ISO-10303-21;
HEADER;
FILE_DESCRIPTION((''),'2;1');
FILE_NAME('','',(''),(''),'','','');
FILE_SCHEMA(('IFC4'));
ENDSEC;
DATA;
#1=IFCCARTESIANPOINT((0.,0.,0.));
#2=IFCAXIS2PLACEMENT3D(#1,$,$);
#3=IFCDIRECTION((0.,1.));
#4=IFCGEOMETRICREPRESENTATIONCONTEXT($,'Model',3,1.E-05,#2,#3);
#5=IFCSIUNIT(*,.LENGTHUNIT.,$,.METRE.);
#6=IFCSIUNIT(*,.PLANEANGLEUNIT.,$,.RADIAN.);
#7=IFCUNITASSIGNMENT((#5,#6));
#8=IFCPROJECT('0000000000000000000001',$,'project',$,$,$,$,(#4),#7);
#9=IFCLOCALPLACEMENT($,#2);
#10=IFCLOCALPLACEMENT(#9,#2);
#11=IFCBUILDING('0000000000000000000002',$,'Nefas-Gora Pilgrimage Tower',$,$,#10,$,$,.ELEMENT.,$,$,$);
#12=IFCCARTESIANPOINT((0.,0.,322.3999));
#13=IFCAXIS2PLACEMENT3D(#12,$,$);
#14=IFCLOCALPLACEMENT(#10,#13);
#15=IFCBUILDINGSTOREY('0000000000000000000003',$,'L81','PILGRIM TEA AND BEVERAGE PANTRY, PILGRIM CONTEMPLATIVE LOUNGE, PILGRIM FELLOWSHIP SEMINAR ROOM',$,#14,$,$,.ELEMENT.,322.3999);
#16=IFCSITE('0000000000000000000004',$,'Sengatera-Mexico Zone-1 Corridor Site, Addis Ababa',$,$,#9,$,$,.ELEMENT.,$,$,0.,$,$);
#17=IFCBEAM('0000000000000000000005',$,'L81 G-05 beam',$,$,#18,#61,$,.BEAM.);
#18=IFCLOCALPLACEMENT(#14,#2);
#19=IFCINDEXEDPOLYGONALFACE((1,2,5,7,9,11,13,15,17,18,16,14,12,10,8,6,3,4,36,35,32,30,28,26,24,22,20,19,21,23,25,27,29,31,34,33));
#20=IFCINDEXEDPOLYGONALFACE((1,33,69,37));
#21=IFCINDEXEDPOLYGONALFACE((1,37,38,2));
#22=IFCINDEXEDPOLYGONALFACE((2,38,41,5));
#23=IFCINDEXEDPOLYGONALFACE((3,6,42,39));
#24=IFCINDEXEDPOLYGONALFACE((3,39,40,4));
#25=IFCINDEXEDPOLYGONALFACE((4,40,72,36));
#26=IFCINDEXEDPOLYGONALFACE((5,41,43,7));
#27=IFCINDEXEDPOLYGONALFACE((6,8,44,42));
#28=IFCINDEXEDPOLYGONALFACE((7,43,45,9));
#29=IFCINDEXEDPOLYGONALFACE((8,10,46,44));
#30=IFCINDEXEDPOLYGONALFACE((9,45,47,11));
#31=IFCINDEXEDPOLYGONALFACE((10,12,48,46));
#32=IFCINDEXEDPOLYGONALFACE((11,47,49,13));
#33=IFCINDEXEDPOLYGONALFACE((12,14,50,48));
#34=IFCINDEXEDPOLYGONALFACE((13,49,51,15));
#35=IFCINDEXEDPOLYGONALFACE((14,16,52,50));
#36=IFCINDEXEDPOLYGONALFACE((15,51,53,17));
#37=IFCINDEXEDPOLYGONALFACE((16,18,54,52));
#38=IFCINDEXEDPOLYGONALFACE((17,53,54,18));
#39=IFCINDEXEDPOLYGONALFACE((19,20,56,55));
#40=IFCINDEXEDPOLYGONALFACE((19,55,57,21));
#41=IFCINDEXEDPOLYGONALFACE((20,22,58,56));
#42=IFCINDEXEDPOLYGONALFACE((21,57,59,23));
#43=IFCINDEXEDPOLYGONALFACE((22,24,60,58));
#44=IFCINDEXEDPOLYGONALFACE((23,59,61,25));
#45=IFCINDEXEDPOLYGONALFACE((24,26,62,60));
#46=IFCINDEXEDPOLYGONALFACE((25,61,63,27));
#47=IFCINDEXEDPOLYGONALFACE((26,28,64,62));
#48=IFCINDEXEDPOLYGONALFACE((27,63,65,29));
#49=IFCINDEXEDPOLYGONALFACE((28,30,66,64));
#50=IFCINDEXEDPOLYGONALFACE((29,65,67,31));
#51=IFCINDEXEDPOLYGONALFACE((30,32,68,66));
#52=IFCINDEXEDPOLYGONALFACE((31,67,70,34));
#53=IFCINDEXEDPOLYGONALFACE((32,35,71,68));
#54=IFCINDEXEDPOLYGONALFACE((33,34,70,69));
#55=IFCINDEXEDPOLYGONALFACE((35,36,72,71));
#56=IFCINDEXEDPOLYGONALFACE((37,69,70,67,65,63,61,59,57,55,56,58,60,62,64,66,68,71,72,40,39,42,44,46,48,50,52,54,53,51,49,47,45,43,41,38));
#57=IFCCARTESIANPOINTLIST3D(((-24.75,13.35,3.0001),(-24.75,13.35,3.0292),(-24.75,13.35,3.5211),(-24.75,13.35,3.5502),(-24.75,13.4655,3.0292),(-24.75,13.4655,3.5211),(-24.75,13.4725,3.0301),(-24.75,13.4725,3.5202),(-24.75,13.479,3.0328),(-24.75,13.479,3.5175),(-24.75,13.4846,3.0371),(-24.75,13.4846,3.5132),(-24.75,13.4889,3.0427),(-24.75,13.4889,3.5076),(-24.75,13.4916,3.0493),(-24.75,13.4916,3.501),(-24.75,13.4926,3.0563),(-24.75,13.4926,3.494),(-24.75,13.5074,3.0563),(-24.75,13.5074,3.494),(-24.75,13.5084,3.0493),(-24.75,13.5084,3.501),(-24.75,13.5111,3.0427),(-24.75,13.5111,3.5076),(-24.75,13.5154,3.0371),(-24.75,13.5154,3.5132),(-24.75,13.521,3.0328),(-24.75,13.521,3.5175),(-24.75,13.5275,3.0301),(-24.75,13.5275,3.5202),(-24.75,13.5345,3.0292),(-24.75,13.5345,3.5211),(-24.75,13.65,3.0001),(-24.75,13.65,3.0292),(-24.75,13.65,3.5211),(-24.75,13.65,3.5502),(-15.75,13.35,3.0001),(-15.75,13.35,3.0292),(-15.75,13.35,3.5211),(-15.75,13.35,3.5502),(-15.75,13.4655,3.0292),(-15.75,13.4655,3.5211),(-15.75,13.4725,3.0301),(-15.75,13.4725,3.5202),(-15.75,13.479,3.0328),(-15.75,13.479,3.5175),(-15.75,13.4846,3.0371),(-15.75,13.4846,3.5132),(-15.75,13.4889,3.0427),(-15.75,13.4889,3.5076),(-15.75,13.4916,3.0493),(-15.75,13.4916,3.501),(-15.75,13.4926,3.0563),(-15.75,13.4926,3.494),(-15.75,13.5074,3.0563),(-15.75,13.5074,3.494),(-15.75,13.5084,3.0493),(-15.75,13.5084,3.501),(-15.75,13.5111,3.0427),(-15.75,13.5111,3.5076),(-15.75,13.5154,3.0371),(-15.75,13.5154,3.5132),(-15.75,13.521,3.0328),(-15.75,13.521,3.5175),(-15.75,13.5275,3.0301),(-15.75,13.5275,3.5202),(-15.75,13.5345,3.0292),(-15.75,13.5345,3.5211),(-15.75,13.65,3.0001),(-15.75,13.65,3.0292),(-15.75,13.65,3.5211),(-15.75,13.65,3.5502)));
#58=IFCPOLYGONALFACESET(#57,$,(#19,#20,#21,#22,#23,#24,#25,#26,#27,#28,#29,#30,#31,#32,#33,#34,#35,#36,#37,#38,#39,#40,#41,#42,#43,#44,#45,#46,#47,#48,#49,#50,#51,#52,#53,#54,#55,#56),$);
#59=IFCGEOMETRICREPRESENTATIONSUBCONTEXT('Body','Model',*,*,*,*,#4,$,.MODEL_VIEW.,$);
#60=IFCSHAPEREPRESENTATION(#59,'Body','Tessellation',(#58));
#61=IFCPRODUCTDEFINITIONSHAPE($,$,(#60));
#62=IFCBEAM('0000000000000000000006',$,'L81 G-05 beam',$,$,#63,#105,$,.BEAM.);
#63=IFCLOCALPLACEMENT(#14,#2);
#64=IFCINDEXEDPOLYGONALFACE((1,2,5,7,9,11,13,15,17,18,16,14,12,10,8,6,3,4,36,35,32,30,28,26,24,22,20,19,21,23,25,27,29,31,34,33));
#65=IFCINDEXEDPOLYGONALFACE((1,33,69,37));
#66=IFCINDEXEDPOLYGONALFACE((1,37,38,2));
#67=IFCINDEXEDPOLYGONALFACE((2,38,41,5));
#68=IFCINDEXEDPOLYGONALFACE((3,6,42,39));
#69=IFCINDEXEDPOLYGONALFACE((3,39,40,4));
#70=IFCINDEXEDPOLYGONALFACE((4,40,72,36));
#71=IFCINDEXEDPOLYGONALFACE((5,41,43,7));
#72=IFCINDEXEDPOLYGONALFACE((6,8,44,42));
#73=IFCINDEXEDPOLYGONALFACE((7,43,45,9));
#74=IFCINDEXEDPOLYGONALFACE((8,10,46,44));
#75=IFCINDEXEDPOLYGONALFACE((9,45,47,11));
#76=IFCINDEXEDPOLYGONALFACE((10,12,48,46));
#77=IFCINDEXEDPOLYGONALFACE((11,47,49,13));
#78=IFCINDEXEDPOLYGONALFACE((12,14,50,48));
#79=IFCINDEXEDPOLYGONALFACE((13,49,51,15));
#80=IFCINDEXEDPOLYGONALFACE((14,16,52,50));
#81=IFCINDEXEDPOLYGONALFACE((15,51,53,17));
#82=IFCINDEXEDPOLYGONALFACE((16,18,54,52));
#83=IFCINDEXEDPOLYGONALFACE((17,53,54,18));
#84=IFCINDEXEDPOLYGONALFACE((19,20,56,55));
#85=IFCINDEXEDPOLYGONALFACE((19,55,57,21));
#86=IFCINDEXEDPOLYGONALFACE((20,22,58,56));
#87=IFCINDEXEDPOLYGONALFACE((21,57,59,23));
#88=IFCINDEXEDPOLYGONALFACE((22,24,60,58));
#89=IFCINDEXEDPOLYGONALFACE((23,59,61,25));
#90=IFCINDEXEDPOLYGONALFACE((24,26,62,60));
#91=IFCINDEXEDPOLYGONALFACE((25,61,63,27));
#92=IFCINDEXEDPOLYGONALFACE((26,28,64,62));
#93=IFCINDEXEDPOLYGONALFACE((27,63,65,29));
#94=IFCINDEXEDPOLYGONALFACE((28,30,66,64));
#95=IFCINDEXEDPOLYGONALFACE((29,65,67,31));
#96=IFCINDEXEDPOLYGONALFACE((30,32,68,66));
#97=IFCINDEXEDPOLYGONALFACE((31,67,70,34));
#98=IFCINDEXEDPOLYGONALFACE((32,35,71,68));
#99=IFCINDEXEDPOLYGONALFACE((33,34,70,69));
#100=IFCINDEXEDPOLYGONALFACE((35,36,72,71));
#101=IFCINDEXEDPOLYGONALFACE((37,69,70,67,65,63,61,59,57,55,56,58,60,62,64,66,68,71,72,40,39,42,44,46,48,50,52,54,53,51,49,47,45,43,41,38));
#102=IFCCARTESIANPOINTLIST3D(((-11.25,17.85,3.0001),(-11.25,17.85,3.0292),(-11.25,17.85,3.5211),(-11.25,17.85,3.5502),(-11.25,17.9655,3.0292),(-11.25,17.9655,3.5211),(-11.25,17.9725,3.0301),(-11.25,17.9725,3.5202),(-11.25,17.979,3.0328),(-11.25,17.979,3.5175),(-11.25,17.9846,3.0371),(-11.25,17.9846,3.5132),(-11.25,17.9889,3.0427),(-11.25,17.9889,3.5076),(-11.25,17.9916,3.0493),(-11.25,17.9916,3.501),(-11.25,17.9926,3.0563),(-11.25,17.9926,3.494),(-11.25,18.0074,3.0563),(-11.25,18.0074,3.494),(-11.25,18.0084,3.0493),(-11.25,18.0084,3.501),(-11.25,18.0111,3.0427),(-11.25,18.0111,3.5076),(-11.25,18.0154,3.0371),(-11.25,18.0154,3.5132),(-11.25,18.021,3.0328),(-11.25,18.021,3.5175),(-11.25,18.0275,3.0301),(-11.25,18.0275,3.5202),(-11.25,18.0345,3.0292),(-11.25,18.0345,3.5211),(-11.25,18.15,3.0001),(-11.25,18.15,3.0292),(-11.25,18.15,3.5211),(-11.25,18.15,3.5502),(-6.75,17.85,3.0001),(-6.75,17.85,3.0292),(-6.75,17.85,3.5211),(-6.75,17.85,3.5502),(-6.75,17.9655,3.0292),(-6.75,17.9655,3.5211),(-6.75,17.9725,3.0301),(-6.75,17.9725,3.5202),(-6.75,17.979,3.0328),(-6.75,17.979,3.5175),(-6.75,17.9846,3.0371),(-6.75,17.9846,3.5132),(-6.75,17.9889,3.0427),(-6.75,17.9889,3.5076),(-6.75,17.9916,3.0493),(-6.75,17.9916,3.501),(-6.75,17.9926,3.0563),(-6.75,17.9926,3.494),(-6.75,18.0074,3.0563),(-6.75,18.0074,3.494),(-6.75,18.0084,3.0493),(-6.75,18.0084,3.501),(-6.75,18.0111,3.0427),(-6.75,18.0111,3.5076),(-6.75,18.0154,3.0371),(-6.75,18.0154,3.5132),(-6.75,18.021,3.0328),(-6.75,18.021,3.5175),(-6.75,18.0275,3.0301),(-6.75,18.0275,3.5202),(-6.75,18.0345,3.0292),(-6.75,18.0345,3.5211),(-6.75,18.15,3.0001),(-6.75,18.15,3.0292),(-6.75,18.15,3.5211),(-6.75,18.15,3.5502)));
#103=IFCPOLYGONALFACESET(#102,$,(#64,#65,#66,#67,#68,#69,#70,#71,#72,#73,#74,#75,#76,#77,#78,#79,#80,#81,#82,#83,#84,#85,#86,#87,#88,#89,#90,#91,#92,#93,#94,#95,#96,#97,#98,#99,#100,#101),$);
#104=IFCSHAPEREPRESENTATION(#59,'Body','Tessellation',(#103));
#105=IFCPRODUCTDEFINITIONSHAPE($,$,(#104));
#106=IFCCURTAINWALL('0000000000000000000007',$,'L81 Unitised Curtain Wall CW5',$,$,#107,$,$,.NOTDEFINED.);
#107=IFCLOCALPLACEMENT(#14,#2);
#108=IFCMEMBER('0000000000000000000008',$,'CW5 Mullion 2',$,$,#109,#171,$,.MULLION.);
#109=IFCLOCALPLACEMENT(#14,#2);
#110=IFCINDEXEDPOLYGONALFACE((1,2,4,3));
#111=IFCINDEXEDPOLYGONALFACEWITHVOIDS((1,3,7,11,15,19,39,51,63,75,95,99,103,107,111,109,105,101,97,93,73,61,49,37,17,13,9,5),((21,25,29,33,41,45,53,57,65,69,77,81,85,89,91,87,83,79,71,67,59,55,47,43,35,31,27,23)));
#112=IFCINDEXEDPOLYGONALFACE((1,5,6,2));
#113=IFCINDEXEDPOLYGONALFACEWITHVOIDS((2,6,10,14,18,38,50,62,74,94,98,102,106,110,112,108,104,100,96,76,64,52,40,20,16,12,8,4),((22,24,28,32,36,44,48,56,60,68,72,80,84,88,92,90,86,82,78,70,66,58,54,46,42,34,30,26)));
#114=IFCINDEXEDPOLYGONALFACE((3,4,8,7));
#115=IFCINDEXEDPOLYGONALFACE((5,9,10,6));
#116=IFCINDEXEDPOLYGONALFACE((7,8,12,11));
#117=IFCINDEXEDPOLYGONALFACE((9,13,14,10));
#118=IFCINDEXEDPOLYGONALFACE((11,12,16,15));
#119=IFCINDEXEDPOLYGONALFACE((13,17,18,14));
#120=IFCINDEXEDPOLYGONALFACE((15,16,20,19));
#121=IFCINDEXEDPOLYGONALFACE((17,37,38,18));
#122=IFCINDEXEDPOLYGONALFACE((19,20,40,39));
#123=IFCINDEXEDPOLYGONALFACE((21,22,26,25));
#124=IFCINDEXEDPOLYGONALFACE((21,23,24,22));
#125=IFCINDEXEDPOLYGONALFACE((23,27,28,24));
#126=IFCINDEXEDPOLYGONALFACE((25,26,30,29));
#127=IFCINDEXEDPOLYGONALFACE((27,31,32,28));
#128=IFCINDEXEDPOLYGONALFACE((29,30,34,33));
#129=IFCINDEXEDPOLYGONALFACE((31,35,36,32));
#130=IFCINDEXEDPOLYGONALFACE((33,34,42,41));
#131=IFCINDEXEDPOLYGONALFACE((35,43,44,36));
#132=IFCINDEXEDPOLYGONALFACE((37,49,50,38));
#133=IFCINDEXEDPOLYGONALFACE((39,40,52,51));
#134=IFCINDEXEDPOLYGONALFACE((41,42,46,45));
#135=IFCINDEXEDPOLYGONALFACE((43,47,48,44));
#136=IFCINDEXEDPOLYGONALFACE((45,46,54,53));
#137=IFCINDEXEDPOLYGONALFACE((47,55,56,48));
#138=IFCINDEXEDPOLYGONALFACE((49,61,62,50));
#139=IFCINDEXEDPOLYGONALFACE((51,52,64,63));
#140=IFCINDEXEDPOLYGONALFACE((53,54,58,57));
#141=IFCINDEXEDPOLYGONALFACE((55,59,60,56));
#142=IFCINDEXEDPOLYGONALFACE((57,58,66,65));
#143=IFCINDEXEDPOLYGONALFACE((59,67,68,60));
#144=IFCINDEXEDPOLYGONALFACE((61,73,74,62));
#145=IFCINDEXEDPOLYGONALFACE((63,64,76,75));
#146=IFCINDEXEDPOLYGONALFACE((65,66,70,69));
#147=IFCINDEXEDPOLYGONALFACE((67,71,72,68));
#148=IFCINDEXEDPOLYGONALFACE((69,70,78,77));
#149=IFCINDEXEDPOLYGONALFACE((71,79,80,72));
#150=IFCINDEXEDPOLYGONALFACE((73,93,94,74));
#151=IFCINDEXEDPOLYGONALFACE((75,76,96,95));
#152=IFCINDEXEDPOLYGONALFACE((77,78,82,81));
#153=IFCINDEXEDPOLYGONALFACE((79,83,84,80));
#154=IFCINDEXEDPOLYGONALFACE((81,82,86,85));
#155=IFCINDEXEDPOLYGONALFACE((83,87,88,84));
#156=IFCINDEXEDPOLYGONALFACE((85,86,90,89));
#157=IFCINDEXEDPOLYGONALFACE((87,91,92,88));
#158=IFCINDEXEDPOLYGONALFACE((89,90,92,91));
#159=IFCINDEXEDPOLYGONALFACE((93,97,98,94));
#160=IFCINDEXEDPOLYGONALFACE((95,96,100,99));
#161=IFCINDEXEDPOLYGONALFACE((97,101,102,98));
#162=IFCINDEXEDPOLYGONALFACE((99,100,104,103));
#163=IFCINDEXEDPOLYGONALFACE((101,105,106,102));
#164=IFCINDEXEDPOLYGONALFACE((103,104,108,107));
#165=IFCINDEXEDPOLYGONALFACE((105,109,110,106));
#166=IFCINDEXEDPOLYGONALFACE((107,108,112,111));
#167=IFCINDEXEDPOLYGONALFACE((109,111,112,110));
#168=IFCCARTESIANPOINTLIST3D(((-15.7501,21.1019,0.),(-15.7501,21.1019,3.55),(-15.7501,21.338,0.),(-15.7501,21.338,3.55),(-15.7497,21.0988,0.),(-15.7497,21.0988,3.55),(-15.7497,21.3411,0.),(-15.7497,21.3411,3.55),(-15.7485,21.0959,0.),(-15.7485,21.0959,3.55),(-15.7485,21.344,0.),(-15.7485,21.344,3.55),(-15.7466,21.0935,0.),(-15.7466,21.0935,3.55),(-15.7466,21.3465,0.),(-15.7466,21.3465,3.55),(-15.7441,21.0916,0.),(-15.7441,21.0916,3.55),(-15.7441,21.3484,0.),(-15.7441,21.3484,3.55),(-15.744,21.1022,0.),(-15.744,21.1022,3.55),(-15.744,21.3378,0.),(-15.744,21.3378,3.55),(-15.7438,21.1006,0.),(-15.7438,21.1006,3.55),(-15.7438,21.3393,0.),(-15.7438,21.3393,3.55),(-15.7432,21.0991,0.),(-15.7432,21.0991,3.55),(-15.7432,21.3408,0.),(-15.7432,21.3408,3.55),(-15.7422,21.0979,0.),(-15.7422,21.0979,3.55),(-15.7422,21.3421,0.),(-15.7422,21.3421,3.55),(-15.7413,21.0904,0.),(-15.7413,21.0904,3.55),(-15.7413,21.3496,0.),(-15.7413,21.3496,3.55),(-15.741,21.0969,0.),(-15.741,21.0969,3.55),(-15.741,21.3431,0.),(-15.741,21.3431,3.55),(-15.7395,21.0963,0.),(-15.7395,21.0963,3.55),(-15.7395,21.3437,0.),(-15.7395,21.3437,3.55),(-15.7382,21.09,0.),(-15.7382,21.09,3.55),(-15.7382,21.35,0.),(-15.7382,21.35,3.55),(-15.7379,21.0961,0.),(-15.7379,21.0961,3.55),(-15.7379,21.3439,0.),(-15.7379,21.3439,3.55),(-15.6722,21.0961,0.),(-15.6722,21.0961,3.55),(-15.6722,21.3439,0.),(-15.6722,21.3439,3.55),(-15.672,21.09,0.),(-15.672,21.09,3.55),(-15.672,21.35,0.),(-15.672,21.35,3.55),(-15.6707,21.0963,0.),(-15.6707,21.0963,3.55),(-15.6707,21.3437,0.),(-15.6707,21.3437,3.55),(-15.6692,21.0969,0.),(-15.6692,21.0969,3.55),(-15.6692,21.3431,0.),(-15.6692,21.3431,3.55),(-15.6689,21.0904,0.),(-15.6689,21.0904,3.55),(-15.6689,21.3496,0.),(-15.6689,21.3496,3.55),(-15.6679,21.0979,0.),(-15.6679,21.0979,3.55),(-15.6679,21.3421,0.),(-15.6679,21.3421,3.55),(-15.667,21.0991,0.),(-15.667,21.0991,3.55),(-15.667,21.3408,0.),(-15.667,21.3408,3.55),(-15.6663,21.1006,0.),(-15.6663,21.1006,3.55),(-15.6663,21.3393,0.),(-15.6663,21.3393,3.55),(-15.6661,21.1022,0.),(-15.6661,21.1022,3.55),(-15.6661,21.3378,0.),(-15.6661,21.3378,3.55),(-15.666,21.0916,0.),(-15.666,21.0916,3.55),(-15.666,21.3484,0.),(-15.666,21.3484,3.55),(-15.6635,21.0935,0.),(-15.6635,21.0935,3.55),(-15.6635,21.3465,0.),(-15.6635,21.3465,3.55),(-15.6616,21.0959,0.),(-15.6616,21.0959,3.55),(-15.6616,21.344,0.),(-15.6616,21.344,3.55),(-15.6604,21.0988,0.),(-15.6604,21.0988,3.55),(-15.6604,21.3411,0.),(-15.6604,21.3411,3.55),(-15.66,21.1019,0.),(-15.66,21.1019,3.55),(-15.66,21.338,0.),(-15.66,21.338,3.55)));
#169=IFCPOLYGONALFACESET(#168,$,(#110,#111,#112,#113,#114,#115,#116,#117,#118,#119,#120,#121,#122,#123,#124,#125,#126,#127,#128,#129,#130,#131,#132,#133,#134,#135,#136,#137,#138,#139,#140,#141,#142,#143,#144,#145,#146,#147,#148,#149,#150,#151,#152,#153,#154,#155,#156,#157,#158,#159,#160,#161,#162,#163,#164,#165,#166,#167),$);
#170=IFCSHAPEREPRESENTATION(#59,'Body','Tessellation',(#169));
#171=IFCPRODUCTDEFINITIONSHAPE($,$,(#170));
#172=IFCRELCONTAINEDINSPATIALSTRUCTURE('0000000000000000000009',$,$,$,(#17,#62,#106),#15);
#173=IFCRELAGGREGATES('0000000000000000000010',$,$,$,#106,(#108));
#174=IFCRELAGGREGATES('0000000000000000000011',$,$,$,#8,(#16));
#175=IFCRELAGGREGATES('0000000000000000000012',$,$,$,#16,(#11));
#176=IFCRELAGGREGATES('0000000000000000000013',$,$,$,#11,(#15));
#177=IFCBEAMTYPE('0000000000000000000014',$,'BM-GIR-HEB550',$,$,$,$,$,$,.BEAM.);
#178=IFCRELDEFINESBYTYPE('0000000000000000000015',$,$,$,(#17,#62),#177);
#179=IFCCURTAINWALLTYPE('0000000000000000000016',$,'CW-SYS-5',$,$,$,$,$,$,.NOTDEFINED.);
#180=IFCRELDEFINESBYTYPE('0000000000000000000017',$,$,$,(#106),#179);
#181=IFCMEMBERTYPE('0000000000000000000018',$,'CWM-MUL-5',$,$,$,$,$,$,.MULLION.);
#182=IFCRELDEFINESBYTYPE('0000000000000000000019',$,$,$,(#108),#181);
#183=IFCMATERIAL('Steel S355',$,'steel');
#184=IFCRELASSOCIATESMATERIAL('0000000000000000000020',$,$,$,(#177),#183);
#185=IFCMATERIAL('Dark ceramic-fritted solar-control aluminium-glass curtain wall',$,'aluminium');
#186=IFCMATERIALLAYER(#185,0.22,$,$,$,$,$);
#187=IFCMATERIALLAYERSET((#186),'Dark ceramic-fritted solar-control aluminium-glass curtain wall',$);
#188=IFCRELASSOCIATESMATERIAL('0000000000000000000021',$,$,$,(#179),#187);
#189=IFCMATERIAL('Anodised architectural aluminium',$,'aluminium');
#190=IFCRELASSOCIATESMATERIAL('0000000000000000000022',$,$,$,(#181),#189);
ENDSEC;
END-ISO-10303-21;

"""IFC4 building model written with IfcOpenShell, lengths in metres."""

from ifc_helpers import new_model, si_unit, direction, frame, origin, origin_2d, place, context, subcontext, project, spatial, hollow_rectangle, i_section, extrude, source, transform, mapped, material, layer, layer_set, material_profile, profile_set, type_object, element, aggregate, save


model = new_model("IFC4")

# Units and contexts
model_context = context("Model", 3, precision=1e-05, world=origin(), true_north=direction((0.0, 1.0)))
body_context = subcontext(model_context, "Body", "Model", "MODEL_VIEW")
ifc_project = project(units=[si_unit("LENGTHUNIT", "METRE"), si_unit("PLANEANGLEUNIT", "RADIAN")], contexts=[model_context])

# Site, building, storey
site_placement = place(None, origin())
site = spatial("IfcSite", under=ifc_project, at=site_placement, Name="Sengatera-Mexico Zone-1 Corridor Site, Addis Ababa", CompositionType="ELEMENT", RefElevation=0.0)
building_placement = place(site_placement, origin())
building = spatial("IfcBuilding", under=site, at=building_placement, Name="Nefas-Gora Pilgrimage Tower", CompositionType="ELEMENT")
storey_placement = place(building_placement, frame((0.0, 0.0, 322.3999)))
storey = spatial("IfcBuildingStorey", under=building, at=storey_placement, Name="L81", Description="PILGRIM TEA AND BEVERAGE PANTRY, PILGRIM CONTEMPLATIVE LOUNGE, PILGRIM FELLOWSHIP SEMINAR ROOM", CompositionType="ELEMENT", Elevation=322.3999)

# Shared definitions
ifc_material_1 = material(Name="Steel S355", Category="steel")

# Beams
ifc_material_profile_1 = material_profile(ifc_material_1, i_section(OverallWidth=0.3, OverallDepth=0.55, WebThickness=0.0149, FlangeThickness=0.0291, FilletRadius=0.0271, at=origin_2d()), Name="HEB 550")
ifc_profile_set_1 = profile_set([ifc_material_profile_1], Name="Steel S355")
beam_type = type_object("IfcBeamType", Name="BM-GIR-HEB550", PredefinedType="BEAM", material=ifc_profile_set_1)
shared_shape_1 = source(origin(), body_context, "Body", "SweptSolid", [
    extrude(i_section(OverallWidth=0.3, OverallDepth=0.55, WebThickness=0.0149, FlangeThickness=0.0291, FilletRadius=0.0271, at=origin_2d()), origin(), (0.0, 0.0, 1.0), 9.0),
])
beam_1_placement = place(storey_placement, frame((-24.75, 13.5, 3.2751), z_axis=(1.0, 0.0, 0.0), x_axis=(0.0, 1.0, 0.0)))
element("IfcBeam", 1, at=beam_1_placement, inside=storey, type_object=beam_type, Name="L81 G-05 beam", PredefinedType="BEAM", context=body_context, shape_type="MappedRepresentation", body=[
    mapped(shared_shape_1, transform((0.0, 0.0, 0.0), x_axis=(1.0, 0.0, 0.0), y_axis=(0.0, 1.0, 0.0), z_axis=(0.0, 0.0, 1.0), scale=1.0)),
])
shared_shape_2 = source(origin(), body_context, "Body", "SweptSolid", [
    extrude(i_section(OverallWidth=0.3, OverallDepth=0.55, WebThickness=0.0149, FlangeThickness=0.0291, FilletRadius=0.0271, at=origin_2d()), origin(), (0.0, 0.0, 1.0), 4.5),
])
beam_2_placement = place(storey_placement, frame((-11.25, 18.0, 3.2751), z_axis=(1.0, 0.0, 0.0), x_axis=(0.0, 1.0, 0.0)))
element("IfcBeam", 2, at=beam_2_placement, inside=storey, type_object=beam_type, Name="L81 G-05 beam", PredefinedType="BEAM", context=body_context, shape_type="MappedRepresentation", body=[
    mapped(shared_shape_2, transform((0.0, 0.0, 0.0), x_axis=(1.0, 0.0, 0.0), y_axis=(0.0, 1.0, 0.0), z_axis=(0.0, 0.0, 1.0), scale=1.0)),
])

# Curtain wall, member
ifc_material_2 = material(Name="Dark ceramic-fritted solar-control aluminium-glass curtain wall", Category="aluminium")
ifc_layer_1 = layer(ifc_material_2, 0.22)
ifc_layer_set_1 = layer_set([ifc_layer_1], Name="Dark ceramic-fritted solar-control aluminium-glass curtain wall")
curtain_wall_type_1 = type_object("IfcCurtainWallType", Name="CW-SYS-5", PredefinedType="NOTDEFINED", material=ifc_layer_set_1)
curtain_wall_1_placement = place(storey_placement, origin())
curtain_wall_1 = element("IfcCurtainWall", 3, at=curtain_wall_1_placement, inside=storey, type_object=curtain_wall_type_1, Name="L81 Unitised Curtain Wall CW5", PredefinedType="NOTDEFINED")
ifc_material_3 = material(Name="Anodised architectural aluminium", Category="aluminium")
ifc_material_profile_2 = material_profile(ifc_material_3, hollow_rectangle(XDim=0.0901, YDim=0.26, WallThickness=0.0061, InnerFilletRadius=0.0061, OuterFilletRadius=0.012, at=origin_2d()), Name="ALU MULLION 90x260")
ifc_profile_set_2 = profile_set([ifc_material_profile_2], Name="Anodised architectural aluminium")
member_type_1 = type_object("IfcMemberType", Name="CWM-MUL-5", PredefinedType="MULLION", material=ifc_profile_set_2)
shared_shape_3 = source(origin(), body_context, "Body", "SweptSolid", [
    extrude(hollow_rectangle(XDim=0.0901, YDim=0.26, WallThickness=0.0061, InnerFilletRadius=0.0061, OuterFilletRadius=0.012, at=origin_2d()), origin(), (0.0, 0.0, 1.0), 3.55),
])
member_1_placement = place(storey_placement, frame((-15.7051, 21.22, 0.0), z_axis=(0.0, 0.0, 1.0), x_axis=(-1.0, 0.0, 0.0)))
member_1 = element("IfcMember", 4, at=member_1_placement, type_object=member_type_1, Name="CW5 Mullion 2", PredefinedType="MULLION", context=body_context, shape_type="MappedRepresentation", body=[
    mapped(shared_shape_3, transform((0.0, 0.0, 0.0), x_axis=(1.0, 0.0, 0.0), y_axis=(0.0, 1.0, 0.0), z_axis=(0.0, 0.0, 1.0), scale=1.0)),
])

aggregate(curtain_wall_1, [member_1])

save(model, "model.ifc")
